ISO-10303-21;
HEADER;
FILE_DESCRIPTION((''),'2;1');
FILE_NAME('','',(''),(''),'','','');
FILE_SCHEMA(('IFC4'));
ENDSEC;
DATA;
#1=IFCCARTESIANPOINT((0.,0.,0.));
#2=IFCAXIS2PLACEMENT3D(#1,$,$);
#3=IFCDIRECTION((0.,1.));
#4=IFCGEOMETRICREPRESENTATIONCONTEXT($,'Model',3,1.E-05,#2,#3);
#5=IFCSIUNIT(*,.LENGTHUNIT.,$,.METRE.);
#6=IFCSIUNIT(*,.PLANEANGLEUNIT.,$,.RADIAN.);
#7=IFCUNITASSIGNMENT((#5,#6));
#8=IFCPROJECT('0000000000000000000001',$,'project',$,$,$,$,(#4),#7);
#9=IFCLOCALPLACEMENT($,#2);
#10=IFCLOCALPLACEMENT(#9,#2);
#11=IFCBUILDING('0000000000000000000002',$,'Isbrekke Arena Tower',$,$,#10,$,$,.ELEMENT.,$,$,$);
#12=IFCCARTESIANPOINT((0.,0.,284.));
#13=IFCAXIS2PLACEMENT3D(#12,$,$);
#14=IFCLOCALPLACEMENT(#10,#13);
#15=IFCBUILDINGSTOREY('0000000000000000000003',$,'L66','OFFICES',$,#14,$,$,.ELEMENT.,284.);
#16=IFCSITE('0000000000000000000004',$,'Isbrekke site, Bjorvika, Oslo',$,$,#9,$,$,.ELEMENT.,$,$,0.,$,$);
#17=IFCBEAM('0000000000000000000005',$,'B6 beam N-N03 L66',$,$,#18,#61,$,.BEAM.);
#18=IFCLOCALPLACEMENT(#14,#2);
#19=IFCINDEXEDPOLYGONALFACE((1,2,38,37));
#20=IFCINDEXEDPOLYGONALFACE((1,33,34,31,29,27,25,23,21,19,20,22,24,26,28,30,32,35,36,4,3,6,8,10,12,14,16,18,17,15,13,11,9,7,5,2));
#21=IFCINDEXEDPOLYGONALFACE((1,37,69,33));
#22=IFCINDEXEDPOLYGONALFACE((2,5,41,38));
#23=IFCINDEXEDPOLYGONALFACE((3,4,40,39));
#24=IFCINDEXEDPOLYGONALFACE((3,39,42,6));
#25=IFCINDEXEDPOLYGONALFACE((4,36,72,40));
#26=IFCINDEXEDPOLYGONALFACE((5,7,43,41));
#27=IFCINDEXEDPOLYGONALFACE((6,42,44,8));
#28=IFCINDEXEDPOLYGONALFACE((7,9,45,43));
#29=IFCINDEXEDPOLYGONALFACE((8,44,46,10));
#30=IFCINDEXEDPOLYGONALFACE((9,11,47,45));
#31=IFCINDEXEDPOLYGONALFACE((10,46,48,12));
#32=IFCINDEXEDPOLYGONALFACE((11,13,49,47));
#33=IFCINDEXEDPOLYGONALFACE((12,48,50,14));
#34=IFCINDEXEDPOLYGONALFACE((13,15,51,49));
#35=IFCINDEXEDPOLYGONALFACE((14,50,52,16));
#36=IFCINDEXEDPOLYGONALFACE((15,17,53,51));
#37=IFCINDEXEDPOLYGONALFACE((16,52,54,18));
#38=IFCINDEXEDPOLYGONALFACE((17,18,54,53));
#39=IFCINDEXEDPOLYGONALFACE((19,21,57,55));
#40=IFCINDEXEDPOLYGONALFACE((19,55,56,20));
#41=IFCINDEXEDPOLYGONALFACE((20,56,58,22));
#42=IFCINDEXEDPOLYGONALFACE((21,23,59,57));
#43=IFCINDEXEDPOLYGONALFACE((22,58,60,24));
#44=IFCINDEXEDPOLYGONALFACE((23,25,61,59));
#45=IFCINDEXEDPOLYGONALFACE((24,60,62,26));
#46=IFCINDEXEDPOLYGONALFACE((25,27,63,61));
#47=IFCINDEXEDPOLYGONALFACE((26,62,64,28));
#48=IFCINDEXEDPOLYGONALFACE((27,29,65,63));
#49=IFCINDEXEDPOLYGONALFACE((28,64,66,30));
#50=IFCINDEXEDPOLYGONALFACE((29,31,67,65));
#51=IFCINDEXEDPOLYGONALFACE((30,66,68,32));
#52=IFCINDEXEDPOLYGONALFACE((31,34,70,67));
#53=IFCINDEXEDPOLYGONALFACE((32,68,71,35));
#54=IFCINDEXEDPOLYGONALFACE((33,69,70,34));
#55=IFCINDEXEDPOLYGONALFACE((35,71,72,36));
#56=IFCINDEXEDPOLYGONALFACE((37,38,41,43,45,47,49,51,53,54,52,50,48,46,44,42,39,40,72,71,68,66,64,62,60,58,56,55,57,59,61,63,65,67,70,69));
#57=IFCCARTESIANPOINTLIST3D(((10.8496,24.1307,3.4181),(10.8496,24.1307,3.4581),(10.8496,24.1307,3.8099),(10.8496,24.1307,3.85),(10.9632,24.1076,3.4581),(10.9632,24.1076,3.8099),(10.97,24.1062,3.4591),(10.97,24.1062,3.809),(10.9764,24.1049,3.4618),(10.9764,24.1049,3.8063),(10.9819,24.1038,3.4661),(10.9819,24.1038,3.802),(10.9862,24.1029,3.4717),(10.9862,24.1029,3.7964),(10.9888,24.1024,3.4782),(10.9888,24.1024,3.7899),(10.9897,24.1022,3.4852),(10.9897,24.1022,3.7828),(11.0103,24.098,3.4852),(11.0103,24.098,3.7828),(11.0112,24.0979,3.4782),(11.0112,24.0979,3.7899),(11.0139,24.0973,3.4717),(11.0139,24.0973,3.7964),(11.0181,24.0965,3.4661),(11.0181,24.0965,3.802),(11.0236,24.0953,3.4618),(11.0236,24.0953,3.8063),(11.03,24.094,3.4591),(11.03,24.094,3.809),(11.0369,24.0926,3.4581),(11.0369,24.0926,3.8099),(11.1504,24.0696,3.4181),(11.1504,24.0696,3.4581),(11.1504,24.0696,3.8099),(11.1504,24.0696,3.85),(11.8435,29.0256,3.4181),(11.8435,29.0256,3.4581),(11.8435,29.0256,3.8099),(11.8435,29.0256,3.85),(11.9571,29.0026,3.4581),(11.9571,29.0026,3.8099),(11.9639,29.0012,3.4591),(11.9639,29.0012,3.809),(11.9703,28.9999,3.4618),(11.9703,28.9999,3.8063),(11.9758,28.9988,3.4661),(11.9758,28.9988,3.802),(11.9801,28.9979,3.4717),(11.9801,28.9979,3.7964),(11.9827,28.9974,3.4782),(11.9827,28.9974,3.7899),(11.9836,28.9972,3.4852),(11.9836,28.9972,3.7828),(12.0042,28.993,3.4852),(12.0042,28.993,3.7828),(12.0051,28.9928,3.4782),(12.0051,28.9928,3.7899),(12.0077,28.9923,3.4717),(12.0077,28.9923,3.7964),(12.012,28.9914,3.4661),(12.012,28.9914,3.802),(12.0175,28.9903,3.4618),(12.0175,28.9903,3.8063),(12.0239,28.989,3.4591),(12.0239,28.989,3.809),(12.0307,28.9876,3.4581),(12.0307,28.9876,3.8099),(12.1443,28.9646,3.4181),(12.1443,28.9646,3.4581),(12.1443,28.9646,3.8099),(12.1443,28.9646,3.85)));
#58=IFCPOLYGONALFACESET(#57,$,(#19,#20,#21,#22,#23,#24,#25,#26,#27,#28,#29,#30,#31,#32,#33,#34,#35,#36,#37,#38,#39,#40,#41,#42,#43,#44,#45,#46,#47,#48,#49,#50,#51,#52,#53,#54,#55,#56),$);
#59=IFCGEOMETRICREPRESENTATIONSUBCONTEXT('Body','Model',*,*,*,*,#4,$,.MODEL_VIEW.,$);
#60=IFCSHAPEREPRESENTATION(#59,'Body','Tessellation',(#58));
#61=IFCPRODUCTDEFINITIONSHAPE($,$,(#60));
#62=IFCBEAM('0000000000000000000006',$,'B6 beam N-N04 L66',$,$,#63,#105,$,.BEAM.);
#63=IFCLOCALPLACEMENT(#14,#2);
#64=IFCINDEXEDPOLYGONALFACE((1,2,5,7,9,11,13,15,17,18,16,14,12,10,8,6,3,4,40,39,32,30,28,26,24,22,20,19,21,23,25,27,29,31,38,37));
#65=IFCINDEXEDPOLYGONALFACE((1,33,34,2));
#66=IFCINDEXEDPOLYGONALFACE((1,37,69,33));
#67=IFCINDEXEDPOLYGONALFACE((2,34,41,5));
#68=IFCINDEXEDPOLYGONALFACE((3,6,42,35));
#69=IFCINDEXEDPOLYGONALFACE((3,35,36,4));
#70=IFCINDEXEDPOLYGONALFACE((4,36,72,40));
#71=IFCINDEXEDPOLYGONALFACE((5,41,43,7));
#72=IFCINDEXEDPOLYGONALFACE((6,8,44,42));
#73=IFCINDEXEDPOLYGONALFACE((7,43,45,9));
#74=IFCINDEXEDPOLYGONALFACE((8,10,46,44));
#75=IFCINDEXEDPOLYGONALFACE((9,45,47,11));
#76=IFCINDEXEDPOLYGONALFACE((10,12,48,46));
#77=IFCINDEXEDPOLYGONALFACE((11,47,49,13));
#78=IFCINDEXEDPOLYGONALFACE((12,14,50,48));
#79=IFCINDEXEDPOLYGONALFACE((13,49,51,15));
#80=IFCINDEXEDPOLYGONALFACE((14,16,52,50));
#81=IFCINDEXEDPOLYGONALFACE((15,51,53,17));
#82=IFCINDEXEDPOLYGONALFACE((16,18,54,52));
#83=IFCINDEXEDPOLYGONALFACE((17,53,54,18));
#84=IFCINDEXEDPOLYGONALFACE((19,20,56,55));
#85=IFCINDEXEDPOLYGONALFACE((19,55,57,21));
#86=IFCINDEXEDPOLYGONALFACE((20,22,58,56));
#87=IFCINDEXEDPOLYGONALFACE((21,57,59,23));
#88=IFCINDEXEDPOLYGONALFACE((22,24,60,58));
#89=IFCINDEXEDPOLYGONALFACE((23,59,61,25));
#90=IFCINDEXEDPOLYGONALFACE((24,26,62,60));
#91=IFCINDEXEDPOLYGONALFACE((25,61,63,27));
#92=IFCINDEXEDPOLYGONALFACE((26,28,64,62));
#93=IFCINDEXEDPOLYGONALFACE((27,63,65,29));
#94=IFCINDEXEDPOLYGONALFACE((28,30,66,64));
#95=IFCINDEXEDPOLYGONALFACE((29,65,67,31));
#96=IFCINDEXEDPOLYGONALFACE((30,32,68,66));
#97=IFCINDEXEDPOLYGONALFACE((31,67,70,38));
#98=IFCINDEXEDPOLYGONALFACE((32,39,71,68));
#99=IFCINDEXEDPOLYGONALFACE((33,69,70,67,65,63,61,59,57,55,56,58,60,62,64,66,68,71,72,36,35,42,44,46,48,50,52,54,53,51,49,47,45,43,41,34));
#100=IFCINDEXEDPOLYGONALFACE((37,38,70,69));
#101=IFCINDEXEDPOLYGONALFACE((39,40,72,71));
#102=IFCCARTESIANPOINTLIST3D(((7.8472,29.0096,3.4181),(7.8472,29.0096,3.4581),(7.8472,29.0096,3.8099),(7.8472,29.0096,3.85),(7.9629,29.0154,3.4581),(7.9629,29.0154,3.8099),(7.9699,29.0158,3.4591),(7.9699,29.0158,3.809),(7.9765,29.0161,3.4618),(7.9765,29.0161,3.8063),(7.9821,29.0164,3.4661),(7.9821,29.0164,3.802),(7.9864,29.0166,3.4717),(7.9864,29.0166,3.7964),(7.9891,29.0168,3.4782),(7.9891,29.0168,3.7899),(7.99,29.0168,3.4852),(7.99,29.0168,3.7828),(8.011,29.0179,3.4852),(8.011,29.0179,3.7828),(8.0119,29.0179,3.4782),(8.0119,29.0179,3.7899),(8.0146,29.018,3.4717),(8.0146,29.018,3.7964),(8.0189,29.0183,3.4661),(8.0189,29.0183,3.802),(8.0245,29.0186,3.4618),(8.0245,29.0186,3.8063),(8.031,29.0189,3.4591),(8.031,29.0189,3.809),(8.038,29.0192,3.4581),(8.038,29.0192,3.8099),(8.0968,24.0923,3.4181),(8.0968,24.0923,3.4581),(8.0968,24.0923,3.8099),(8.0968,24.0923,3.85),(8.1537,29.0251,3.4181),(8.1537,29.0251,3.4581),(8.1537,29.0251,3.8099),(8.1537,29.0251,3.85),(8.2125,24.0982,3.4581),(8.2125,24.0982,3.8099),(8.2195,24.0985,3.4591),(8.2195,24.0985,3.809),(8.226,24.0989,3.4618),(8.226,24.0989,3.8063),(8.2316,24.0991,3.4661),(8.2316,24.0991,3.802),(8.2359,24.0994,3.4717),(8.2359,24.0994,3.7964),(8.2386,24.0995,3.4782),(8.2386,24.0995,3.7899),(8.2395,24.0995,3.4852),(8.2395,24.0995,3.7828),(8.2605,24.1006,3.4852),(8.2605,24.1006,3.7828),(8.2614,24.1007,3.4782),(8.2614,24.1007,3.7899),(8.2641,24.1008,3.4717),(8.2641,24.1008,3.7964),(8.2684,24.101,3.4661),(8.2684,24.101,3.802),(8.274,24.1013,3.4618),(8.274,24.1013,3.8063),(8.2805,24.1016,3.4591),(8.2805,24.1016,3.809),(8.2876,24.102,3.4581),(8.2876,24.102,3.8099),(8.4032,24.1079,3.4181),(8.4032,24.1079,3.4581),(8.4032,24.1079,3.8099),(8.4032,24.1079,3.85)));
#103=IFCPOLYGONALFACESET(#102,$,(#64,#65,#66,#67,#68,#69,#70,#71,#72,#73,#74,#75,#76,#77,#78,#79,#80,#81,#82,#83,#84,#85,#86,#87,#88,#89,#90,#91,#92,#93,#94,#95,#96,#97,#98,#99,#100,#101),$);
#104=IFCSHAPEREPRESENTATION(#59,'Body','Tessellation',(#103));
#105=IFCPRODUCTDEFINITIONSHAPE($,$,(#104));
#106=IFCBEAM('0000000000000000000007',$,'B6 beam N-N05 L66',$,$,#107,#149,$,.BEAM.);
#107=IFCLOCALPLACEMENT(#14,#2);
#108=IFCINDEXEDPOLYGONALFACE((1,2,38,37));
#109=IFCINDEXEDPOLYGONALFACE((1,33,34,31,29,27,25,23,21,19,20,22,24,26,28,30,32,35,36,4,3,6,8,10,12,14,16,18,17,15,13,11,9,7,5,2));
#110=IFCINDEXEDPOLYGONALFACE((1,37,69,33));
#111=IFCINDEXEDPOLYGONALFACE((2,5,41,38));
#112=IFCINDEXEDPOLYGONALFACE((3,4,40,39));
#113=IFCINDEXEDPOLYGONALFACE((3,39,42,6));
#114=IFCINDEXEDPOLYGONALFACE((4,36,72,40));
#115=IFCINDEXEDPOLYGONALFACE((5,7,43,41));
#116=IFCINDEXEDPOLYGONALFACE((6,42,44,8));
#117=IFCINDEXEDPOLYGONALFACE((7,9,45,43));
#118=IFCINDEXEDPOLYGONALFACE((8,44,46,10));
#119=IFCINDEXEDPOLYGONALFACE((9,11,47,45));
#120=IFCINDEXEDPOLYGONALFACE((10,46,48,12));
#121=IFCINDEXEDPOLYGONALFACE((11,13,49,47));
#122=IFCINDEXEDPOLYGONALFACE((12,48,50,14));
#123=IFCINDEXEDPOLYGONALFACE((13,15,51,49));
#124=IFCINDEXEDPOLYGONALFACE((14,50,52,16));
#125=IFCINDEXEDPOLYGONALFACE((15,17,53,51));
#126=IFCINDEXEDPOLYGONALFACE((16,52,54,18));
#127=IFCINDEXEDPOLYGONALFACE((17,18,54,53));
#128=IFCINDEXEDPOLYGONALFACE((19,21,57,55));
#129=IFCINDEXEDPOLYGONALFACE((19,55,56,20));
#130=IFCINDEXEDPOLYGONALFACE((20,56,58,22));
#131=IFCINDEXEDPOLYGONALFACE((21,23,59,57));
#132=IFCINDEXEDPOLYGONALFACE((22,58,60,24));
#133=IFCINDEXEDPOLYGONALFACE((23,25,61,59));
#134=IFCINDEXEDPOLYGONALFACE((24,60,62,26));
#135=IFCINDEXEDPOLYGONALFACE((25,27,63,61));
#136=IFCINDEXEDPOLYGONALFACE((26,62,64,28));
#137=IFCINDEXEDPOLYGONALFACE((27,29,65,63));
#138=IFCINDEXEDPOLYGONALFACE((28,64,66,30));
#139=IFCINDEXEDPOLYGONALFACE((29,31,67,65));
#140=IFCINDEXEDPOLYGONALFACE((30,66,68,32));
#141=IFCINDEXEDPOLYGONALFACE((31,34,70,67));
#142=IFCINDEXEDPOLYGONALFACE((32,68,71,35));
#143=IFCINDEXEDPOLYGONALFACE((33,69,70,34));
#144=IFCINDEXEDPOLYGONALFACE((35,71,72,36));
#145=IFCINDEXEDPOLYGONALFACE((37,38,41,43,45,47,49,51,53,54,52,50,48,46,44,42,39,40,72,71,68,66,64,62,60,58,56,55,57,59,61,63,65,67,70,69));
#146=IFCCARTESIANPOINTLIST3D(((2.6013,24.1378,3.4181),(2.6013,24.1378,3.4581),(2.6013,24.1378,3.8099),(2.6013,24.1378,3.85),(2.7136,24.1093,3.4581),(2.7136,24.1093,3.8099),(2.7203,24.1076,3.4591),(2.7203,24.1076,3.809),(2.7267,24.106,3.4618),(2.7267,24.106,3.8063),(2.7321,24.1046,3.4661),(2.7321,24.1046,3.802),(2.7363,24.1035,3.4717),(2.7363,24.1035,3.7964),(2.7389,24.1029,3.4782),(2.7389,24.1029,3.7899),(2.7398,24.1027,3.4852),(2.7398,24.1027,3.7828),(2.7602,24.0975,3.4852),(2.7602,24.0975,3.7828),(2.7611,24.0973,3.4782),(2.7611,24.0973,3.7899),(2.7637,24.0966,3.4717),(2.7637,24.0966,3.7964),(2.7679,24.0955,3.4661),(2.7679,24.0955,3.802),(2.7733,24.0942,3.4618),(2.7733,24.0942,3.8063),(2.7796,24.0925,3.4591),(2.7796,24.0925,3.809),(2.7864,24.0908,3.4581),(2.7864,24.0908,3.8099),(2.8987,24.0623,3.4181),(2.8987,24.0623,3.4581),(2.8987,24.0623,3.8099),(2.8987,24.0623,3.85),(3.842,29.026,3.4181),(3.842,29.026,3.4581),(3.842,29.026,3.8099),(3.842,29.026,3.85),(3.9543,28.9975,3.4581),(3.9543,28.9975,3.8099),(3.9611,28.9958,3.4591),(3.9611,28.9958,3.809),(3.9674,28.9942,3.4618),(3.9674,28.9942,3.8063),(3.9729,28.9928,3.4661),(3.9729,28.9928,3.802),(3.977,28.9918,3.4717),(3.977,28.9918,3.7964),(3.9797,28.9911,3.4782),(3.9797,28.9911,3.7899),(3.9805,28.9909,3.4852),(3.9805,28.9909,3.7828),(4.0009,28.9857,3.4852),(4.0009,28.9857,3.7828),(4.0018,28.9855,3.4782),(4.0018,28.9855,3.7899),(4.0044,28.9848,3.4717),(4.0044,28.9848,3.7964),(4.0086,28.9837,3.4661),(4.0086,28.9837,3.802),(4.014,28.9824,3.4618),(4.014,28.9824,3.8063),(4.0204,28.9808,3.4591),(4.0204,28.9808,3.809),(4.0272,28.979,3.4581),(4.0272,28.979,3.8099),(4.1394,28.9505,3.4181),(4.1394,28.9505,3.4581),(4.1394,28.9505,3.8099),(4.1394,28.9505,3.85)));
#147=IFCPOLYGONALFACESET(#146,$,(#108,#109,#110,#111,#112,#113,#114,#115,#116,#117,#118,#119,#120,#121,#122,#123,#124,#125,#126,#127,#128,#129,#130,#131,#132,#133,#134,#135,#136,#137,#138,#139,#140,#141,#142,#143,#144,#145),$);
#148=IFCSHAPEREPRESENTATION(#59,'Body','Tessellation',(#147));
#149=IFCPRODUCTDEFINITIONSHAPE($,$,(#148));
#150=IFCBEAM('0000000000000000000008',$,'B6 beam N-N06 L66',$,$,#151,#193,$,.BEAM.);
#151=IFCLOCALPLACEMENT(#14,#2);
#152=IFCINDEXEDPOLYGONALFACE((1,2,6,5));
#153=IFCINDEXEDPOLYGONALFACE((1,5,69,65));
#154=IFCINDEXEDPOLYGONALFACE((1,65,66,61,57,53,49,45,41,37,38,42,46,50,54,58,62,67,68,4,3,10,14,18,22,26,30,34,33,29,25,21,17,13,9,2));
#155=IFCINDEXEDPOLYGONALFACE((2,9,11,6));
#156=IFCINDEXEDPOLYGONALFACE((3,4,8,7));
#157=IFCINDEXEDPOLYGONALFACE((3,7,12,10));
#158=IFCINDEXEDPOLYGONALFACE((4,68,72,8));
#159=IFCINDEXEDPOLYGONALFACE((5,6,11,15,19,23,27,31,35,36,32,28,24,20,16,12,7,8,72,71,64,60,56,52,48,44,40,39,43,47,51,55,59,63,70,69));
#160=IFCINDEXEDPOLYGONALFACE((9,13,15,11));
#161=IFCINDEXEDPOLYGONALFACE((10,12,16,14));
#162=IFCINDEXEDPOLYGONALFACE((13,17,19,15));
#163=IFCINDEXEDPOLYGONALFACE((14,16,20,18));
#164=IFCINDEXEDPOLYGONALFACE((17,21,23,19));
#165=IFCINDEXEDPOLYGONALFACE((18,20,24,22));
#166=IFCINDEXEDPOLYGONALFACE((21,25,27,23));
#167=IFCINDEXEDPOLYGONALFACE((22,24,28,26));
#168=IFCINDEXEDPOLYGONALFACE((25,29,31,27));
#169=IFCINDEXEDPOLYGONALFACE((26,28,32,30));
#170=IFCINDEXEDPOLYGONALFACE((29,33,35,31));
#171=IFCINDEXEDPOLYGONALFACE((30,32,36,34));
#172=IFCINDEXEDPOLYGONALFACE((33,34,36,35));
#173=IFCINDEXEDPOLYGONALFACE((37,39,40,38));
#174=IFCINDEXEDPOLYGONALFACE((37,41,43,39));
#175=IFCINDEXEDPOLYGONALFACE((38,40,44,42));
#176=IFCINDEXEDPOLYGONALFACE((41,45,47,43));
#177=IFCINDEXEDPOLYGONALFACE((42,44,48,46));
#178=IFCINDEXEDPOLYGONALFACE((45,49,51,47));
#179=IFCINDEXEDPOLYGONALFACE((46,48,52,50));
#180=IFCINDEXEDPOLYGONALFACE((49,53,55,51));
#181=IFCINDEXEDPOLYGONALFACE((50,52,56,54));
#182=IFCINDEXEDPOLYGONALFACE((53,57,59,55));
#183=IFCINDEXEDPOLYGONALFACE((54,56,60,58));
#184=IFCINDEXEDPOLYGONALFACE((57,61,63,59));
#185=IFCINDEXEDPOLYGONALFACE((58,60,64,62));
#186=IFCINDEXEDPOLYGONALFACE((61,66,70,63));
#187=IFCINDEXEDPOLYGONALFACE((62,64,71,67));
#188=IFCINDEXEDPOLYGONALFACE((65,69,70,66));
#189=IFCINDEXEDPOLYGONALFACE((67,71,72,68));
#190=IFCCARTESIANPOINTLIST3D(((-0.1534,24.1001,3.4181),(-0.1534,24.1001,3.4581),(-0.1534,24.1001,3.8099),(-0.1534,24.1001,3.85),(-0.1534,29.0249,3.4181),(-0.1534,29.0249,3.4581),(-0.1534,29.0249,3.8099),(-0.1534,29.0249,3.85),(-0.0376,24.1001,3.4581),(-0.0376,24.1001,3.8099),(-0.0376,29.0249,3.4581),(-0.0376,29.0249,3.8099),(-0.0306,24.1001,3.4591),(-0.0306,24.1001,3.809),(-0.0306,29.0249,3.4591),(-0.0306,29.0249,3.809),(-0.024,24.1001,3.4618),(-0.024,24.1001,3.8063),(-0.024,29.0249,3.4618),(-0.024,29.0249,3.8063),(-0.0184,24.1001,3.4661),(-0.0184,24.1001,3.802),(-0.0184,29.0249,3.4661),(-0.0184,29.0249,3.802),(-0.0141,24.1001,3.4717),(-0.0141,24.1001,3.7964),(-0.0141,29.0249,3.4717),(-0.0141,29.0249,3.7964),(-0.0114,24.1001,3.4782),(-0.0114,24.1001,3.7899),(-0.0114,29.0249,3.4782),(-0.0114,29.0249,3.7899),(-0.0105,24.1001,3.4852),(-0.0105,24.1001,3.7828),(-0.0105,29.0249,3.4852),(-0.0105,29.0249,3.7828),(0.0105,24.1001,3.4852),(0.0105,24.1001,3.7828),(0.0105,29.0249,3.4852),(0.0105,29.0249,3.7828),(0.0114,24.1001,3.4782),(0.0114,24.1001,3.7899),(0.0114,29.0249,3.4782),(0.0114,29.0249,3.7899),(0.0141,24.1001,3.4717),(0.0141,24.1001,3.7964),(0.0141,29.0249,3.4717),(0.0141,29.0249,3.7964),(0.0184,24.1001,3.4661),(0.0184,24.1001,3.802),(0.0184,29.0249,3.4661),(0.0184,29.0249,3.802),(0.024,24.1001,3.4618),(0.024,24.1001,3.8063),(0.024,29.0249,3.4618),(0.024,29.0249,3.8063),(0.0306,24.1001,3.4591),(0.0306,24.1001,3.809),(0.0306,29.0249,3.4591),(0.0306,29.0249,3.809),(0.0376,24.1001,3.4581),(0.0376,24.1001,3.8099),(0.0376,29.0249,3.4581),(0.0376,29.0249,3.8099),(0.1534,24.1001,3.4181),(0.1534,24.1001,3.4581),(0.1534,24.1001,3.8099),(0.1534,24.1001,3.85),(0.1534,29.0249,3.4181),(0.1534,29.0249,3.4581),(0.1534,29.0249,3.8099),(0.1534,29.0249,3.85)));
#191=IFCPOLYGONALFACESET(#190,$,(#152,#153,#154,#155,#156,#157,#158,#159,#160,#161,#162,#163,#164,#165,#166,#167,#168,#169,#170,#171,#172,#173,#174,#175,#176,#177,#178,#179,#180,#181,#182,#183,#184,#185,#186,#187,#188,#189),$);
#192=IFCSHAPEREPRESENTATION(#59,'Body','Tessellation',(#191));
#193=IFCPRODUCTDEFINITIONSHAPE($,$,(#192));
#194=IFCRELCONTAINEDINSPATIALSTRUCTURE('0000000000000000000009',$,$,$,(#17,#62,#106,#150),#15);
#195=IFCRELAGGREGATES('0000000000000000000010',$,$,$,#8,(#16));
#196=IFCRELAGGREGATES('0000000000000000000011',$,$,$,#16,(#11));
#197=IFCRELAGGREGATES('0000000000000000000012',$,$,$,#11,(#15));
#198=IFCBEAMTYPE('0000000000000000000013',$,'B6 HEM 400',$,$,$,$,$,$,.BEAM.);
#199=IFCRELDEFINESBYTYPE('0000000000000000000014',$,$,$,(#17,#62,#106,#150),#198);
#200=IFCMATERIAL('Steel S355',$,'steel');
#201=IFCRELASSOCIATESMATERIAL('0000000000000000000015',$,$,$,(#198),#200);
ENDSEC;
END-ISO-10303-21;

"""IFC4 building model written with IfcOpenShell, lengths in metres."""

from ifc_helpers import new_model, si_unit, direction, frame, origin, origin_2d, place, context, subcontext, project, spatial, i_section, extrude, material, material_profile, profile_set, type_object, element, save


model = new_model("IFC4")

# Units and contexts
model_context = context("Model", 3, precision=1e-05, world=origin(), true_north=direction((0.0, 1.0)))
body_context = subcontext(model_context, "Body", "Model", "MODEL_VIEW")
ifc_project = project(units=[si_unit("LENGTHUNIT", "METRE"), si_unit("PLANEANGLEUNIT", "RADIAN")], contexts=[model_context])

# Site, building, storey
site_placement = place(None, origin())
site = spatial("IfcSite", under=ifc_project, at=site_placement, Name="Isbrekke site, Bjorvika, Oslo", CompositionType="ELEMENT", RefElevation=0.0)
building_placement = place(site_placement, origin())
building = spatial("IfcBuilding", under=site, at=building_placement, Name="Isbrekke Arena Tower", CompositionType="ELEMENT")
storey_placement = place(building_placement, frame((0.0, 0.0, 284.0)))
storey = spatial("IfcBuildingStorey", under=building, at=storey_placement, Name="L66", Description="OFFICES", CompositionType="ELEMENT", Elevation=284.0)

# Beams
ifc_material_1 = material(Name="Steel S355", Category="steel")
ifc_material_profile = material_profile(ifc_material_1, i_section(OverallWidth=0.3069, OverallDepth=0.4319, WebThickness=0.021, FlangeThickness=0.04, FilletRadius=0.0271, at=origin_2d()), Name="HEM 400")
ifc_profile_set = profile_set([ifc_material_profile], Name="Steel S355")
beam_type = type_object("IfcBeamType", Name="B6 HEM 400", PredefinedType="BEAM", material=ifc_profile_set)
beam_1_placement = place(storey_placement, frame((11.9939, 28.9951, 3.634), z_axis=(-0.198982, -0.980003, 0.0), x_axis=(0.980003, -0.198982, 0.0)))
element("IfcBeam", 1, at=beam_1_placement, inside=storey, type_object=beam_type, Name="B6 beam N-N03 L66", PredefinedType="BEAM", context=body_context, shape_type="SweptSolid", body=[
    extrude(i_section(OverallWidth=0.3069, OverallDepth=0.4319, WebThickness=0.021, FlangeThickness=0.04, FilletRadius=0.0271, at=origin_2d()), origin(), (0.0, 0.0, 1.0), 4.9949),
])
beam_2_placement = place(storey_placement, frame((8.0005, 29.0173, 3.634), z_axis=(0.050677, -0.998715, 0.0), x_axis=(0.998715, 0.050677, 0.0)))
element("IfcBeam", 2, at=beam_2_placement, inside=storey, type_object=beam_type, Name="B6 beam N-N04 L66", PredefinedType="BEAM", context=body_context, shape_type="SweptSolid", body=[
    extrude(i_section(OverallWidth=0.3069, OverallDepth=0.4319, WebThickness=0.021, FlangeThickness=0.04, FilletRadius=0.0271, at=origin_2d()), origin(), (0.0, 0.0, 1.0), 4.9236),
])
beam_3_placement = place(storey_placement, frame((3.9907, 28.9883, 3.634), z_axis=(-0.24602, -0.969265, 0.0), x_axis=(0.969265, -0.24602, 0.0)))
element("IfcBeam", 3, at=beam_3_placement, inside=storey, type_object=beam_type, Name="B6 beam N-N05 L66", PredefinedType="BEAM", context=body_context, shape_type="SweptSolid", body=[
    extrude(i_section(OverallWidth=0.3069, OverallDepth=0.4319, WebThickness=0.021, FlangeThickness=0.04, FilletRadius=0.0271, at=origin_2d()), origin(), (0.0, 0.0, 1.0), 5.0432),
])
beam_4_placement = place(storey_placement, frame((0.0, 29.0249, 3.634), z_axis=(0.0, -1.0, 0.0), x_axis=(1.0, 0.0, 0.0)))
element("IfcBeam", 4, at=beam_4_placement, inside=storey, type_object=beam_type, Name="B6 beam N-N06 L66", PredefinedType="BEAM", context=body_context, shape_type="SweptSolid", body=[
    extrude(i_section(OverallWidth=0.3069, OverallDepth=0.4319, WebThickness=0.021, FlangeThickness=0.04, FilletRadius=0.0271, at=origin_2d()), origin(), (0.0, 0.0, 1.0), 4.9248),
])

save(model, "model.ifc")
